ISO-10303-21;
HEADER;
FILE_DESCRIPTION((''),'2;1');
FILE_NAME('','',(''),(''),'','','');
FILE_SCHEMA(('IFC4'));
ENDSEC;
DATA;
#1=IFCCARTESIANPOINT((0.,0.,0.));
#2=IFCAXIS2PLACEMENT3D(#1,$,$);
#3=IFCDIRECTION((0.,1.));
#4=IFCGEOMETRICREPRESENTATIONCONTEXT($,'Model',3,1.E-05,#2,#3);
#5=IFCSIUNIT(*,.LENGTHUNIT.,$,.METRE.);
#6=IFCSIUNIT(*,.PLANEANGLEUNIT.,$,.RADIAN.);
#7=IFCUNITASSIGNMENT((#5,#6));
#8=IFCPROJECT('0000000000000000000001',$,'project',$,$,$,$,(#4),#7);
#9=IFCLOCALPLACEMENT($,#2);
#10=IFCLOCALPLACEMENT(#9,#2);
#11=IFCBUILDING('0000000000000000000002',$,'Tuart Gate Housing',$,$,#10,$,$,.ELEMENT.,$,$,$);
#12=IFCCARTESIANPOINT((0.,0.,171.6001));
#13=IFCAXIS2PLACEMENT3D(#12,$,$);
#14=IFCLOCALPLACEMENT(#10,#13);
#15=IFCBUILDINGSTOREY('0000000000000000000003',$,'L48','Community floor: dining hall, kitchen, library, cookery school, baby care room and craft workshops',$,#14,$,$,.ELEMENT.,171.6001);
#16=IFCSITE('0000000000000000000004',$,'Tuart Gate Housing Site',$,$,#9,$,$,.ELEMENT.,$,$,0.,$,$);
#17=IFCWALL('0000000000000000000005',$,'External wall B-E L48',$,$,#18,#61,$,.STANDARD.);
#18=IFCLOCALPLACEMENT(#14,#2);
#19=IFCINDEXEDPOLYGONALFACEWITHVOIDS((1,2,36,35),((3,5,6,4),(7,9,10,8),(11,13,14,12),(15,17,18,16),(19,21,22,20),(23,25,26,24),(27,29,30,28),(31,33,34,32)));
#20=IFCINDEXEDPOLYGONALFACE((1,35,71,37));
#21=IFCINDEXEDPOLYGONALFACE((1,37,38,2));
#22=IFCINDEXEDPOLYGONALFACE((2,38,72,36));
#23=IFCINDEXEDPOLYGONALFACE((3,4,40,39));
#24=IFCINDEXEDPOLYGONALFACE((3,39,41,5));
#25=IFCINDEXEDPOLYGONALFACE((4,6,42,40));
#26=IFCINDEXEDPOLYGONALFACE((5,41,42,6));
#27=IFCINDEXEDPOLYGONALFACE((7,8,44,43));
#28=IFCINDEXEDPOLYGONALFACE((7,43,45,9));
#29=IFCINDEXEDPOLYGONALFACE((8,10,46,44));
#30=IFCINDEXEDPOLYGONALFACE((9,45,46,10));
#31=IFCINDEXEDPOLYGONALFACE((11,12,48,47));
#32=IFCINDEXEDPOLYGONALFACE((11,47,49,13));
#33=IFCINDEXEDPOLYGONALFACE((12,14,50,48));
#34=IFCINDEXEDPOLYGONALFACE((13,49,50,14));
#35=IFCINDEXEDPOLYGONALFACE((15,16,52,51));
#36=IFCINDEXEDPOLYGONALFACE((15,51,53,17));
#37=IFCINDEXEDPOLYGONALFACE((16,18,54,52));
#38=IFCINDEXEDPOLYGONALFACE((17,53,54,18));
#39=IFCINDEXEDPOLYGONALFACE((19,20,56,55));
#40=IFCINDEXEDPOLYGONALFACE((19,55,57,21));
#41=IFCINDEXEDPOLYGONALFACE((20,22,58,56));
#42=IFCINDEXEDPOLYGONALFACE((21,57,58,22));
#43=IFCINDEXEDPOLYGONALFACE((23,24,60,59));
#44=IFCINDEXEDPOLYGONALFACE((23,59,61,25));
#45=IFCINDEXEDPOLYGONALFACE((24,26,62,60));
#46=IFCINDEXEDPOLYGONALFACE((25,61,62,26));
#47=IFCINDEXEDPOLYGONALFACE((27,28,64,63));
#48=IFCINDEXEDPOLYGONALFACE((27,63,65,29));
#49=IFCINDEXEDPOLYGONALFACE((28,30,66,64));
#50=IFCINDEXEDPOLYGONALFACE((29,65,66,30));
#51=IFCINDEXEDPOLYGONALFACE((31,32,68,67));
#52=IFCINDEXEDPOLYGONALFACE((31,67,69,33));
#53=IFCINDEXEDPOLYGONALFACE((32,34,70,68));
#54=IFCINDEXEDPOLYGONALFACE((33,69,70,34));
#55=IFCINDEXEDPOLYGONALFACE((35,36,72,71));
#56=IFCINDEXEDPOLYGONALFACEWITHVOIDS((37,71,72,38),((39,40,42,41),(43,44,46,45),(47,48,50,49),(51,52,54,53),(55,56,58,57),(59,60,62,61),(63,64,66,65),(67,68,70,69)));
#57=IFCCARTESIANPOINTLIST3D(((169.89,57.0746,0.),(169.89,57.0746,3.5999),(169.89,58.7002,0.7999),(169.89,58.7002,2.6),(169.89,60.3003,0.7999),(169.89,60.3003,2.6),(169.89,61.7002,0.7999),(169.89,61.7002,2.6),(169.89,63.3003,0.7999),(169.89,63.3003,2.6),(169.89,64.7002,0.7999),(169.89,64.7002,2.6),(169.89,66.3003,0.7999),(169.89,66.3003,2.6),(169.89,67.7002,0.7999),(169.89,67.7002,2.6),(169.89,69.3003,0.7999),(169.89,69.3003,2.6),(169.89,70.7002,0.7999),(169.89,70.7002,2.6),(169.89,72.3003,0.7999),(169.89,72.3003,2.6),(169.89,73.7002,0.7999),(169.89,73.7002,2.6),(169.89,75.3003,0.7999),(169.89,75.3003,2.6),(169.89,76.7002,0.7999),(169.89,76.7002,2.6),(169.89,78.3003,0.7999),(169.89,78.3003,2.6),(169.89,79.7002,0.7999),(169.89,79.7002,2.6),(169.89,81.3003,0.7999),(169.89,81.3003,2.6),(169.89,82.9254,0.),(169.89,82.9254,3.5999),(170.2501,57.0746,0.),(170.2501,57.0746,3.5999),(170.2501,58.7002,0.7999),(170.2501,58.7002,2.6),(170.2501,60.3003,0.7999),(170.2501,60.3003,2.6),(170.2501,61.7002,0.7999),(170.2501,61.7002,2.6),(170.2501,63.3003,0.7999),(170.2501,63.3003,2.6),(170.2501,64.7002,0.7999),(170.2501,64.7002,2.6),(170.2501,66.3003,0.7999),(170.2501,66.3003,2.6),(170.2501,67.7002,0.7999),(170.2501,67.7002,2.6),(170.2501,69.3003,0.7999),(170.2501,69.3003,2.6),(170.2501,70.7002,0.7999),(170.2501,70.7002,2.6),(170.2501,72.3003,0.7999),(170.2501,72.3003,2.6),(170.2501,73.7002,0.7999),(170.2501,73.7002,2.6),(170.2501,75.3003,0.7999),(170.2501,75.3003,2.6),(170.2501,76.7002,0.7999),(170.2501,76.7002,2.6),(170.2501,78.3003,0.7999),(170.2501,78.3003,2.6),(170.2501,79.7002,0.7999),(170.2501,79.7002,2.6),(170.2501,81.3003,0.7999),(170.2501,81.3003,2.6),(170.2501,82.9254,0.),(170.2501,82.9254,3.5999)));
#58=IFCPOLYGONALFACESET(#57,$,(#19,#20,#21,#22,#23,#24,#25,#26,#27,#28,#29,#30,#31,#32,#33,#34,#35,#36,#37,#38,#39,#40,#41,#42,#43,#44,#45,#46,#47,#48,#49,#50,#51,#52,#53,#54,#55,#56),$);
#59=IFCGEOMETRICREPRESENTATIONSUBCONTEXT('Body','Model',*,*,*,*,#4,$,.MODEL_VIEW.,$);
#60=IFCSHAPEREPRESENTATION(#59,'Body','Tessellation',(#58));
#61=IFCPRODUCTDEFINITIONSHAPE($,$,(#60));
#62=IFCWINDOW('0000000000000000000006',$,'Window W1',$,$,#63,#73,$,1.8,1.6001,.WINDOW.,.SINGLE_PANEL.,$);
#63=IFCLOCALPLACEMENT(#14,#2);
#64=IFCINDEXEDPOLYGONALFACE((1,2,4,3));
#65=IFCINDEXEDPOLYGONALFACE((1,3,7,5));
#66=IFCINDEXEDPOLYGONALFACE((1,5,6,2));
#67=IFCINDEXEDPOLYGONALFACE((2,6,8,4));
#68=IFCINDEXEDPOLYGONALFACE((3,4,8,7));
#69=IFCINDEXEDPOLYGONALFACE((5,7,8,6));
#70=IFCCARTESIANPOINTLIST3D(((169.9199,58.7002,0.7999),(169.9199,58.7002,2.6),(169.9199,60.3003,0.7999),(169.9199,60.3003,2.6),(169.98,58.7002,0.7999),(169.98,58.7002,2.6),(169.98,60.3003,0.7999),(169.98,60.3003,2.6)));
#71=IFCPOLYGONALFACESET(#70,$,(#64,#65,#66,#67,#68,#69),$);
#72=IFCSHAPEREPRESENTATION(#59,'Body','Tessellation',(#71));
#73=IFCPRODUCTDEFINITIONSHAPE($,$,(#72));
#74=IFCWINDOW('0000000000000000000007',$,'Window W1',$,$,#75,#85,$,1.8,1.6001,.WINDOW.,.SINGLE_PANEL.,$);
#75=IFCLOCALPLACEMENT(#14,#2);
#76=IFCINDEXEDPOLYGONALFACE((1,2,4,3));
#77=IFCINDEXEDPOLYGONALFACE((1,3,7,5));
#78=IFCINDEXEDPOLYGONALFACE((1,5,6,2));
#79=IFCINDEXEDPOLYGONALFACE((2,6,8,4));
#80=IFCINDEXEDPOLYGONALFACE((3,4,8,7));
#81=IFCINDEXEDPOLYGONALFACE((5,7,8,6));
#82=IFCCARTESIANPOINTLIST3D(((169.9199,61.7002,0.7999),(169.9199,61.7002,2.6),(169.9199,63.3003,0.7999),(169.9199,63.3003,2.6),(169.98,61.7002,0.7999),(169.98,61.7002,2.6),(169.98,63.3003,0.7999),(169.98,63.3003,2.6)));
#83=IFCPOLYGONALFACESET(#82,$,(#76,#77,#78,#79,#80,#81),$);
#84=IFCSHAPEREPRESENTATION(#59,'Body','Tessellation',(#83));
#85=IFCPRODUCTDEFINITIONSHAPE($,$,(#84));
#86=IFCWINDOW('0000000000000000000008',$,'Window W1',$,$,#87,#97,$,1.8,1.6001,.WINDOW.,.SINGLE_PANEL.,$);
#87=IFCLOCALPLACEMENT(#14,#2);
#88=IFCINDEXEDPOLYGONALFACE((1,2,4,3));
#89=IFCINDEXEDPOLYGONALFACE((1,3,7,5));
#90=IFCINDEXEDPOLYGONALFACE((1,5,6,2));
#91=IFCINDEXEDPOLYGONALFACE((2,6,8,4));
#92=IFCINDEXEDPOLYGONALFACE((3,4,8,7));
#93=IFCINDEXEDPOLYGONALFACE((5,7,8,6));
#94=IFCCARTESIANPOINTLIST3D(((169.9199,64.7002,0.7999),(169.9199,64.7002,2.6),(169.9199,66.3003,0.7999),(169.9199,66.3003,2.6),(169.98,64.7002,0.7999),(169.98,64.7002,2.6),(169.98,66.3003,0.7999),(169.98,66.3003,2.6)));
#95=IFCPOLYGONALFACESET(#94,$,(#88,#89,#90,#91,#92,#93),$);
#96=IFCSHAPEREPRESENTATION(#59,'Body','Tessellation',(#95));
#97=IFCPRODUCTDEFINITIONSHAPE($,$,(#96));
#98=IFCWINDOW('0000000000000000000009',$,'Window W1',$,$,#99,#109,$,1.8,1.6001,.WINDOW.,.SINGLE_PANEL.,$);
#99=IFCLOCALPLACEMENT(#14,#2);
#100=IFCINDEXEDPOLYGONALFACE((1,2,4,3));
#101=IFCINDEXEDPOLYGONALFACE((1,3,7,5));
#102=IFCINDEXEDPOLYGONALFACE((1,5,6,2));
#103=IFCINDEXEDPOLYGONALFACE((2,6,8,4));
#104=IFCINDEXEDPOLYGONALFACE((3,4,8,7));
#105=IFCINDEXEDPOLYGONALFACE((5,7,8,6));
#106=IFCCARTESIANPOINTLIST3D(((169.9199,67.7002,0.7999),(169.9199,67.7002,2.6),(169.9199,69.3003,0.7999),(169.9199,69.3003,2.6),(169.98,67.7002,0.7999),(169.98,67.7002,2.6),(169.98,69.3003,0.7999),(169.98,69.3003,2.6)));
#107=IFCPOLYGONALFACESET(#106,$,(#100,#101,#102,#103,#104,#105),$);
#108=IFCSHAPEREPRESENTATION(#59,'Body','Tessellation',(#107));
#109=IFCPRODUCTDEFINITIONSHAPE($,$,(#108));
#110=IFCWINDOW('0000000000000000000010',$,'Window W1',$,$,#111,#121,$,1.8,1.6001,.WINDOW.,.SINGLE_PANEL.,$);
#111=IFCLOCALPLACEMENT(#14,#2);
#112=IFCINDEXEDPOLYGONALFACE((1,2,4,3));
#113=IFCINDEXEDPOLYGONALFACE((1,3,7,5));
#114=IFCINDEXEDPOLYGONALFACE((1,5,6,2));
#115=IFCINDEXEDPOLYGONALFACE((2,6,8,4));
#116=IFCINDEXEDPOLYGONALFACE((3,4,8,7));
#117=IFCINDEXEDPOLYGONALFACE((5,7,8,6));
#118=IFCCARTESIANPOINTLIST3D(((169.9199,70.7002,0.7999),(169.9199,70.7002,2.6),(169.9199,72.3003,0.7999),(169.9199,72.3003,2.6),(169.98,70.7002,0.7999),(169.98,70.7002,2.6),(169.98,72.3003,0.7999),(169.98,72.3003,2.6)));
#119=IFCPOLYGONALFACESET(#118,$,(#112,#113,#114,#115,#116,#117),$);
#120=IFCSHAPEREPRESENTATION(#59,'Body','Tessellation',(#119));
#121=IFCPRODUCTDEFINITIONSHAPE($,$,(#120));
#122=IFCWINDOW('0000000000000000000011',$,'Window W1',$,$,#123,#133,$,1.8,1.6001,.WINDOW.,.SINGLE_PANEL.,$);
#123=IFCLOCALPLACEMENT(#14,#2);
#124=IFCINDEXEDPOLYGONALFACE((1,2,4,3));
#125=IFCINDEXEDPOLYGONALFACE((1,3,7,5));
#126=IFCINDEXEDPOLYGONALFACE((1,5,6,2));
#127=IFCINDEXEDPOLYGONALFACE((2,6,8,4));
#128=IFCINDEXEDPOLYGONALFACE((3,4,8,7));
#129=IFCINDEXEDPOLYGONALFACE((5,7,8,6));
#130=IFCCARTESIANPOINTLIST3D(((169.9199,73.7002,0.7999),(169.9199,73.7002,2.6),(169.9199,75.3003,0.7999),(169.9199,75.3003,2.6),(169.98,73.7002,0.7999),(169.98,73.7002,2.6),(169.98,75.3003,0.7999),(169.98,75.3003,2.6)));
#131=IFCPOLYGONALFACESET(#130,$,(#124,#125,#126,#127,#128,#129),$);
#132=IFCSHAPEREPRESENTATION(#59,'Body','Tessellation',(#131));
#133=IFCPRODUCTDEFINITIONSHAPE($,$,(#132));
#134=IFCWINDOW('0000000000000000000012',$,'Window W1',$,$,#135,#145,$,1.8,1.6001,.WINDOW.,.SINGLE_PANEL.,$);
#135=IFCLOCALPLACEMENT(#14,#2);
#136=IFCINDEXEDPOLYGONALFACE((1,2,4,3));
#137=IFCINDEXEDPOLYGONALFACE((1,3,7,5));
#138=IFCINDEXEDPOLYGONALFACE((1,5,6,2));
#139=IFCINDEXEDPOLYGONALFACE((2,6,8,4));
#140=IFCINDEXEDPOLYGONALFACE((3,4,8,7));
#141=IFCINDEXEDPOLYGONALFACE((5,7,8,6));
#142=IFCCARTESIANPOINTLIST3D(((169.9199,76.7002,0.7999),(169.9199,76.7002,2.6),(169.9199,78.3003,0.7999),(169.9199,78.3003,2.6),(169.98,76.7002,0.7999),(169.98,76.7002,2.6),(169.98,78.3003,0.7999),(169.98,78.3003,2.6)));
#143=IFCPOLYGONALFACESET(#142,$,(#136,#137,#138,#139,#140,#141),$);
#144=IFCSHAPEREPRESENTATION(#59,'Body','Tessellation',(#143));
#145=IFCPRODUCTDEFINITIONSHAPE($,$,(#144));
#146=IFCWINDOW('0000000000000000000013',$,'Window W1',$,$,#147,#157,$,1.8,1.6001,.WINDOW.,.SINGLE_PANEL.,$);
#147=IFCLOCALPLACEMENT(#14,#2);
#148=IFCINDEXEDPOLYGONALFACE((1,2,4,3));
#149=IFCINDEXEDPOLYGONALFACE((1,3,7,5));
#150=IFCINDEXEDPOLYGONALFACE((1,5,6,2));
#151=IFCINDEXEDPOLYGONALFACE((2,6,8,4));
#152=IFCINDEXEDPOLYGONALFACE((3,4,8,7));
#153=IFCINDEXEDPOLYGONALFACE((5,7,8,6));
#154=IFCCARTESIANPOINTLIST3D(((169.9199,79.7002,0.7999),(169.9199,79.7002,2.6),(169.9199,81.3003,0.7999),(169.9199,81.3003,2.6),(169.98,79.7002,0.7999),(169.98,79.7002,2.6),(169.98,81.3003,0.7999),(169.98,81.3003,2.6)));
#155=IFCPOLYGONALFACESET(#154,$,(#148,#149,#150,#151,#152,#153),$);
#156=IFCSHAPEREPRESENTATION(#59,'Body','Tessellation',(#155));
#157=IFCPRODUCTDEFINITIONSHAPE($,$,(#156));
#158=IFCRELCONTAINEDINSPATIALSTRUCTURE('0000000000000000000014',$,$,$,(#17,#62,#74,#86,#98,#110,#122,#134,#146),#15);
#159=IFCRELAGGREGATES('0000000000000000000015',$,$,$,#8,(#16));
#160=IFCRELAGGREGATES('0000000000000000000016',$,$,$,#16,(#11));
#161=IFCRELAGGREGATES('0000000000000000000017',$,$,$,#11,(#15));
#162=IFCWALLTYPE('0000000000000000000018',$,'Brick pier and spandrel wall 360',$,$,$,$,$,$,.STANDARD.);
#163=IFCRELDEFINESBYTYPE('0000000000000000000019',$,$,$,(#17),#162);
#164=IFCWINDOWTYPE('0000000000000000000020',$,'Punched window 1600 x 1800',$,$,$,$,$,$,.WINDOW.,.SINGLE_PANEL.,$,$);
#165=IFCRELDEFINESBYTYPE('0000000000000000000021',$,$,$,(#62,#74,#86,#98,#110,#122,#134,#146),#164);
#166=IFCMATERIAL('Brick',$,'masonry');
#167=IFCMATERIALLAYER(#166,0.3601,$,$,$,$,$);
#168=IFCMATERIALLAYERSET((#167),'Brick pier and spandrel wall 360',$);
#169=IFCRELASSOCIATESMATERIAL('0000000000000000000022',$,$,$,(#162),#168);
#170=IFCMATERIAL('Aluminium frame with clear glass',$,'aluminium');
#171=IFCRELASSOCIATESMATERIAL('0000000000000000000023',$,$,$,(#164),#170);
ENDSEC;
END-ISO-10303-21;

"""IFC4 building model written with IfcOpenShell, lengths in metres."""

from ifc_helpers import new_model, si_unit, direction, frame, frame_2d, origin, place, context, subcontext, project, spatial, rectangle, extrude, material, layer, layer_set, type_object, element, fill, save


model = new_model("IFC4")

# Units and contexts
model_context = context("Model", 3, precision=1e-05, world=origin(), true_north=direction((0.0, 1.0)))
body_context = subcontext(model_context, "Body", "Model", "MODEL_VIEW")
ifc_project = project(units=[si_unit("LENGTHUNIT", "METRE"), si_unit("PLANEANGLEUNIT", "RADIAN")], contexts=[model_context])

# Site, building, storey
site_placement = place(None, origin())
site = spatial("IfcSite", under=ifc_project, at=site_placement, Name="Tuart Gate Housing Site", CompositionType="ELEMENT", RefElevation=0.0)
building_placement = place(site_placement, origin())
building = spatial("IfcBuilding", under=site, at=building_placement, Name="Tuart Gate Housing", CompositionType="ELEMENT")
storey_placement = place(building_placement, frame((0.0, 0.0, 171.6001)))
storey = spatial("IfcBuildingStorey", under=building, at=storey_placement, Name="L48", Description="Community floor: dining hall, kitchen, library, cookery school, baby care room and craft workshops", CompositionType="ELEMENT", Elevation=171.6001)

# Wall, openings, windows
ifc_material_1 = material(Name="Brick", Category="masonry")
ifc_layer_1 = layer(ifc_material_1, 0.3601)
ifc_layer_set_1 = layer_set([ifc_layer_1], Name="Brick pier and spandrel wall 360")
wall_type_1 = type_object("IfcWallType", Name="Brick pier and spandrel wall 360", PredefinedType="STANDARD", material=ifc_layer_set_1)
wall_1_placement = place(storey_placement, frame((170.0701, 57.0747, 0.0), z_axis=(0.0, 0.0, 1.0), x_axis=(0.0, 1.0, 0.0)))
wall_1 = element("IfcWall", 1, at=wall_1_placement, inside=storey, type_object=wall_type_1, Name="External wall B-E L48", PredefinedType="STANDARD", context=body_context, shape_type="SweptSolid", body=[
    extrude(rectangle(XDim=25.8508, YDim=0.3601, at=frame_2d((12.9253, 0.0))), origin(), (0.0, 0.0, 1.0), 3.5999),
])
opening_1_placement = place(wall_1_placement, frame((1.6255, 0.0, 0.8)))
opening_1 = element("IfcOpeningElement", 2, at=opening_1_placement, cuts=wall_1, PredefinedType="OPENING", context=body_context, shape_type="SweptSolid", body=[
    extrude(rectangle(XDim=1.6001, YDim=1.8, at=frame_2d((0.8, 0.8999))), frame((0.0, 0.1899, 0.0), z_axis=(0.0, -1.0, 0.0), x_axis=(1.0, 0.0, 0.0)), (0.0, 0.0, 1.0), 0.3801),
])
opening_2_placement = place(wall_1_placement, frame((4.6255, 0.0, 0.8)))
opening_2 = element("IfcOpeningElement", 3, at=opening_2_placement, cuts=wall_1, PredefinedType="OPENING", context=body_context, shape_type="SweptSolid", body=[
    extrude(rectangle(XDim=1.6001, YDim=1.8, at=frame_2d((0.8, 0.8999))), frame((0.0, 0.1899, 0.0), z_axis=(0.0, -1.0, 0.0), x_axis=(1.0, 0.0, 0.0)), (0.0, 0.0, 1.0), 0.3801),
])
opening_3_placement = place(wall_1_placement, frame((7.6255, 0.0, 0.8)))
opening_3 = element("IfcOpeningElement", 4, at=opening_3_placement, cuts=wall_1, PredefinedType="OPENING", context=body_context, shape_type="SweptSolid", body=[
    extrude(rectangle(XDim=1.6001, YDim=1.8, at=frame_2d((0.8, 0.8999))), frame((0.0, 0.1899, 0.0), z_axis=(0.0, -1.0, 0.0), x_axis=(1.0, 0.0, 0.0)), (0.0, 0.0, 1.0), 0.3801),
])
opening_4_placement = place(wall_1_placement, frame((10.6255, 0.0, 0.8)))
opening_4 = element("IfcOpeningElement", 5, at=opening_4_placement, cuts=wall_1, PredefinedType="OPENING", context=body_context, shape_type="SweptSolid", body=[
    extrude(rectangle(XDim=1.6001, YDim=1.8, at=frame_2d((0.8, 0.8999))), frame((0.0, 0.1899, 0.0), z_axis=(0.0, -1.0, 0.0), x_axis=(1.0, 0.0, 0.0)), (0.0, 0.0, 1.0), 0.3801),
])
opening_5_placement = place(wall_1_placement, frame((13.6255, 0.0, 0.8)))
opening_5 = element("IfcOpeningElement", 6, at=opening_5_placement, cuts=wall_1, PredefinedType="OPENING", context=body_context, shape_type="SweptSolid", body=[
    extrude(rectangle(XDim=1.6001, YDim=1.8, at=frame_2d((0.8, 0.8999))), frame((0.0, 0.1899, 0.0), z_axis=(0.0, -1.0, 0.0), x_axis=(1.0, 0.0, 0.0)), (0.0, 0.0, 1.0), 0.3801),
])
opening_6_placement = place(wall_1_placement, frame((16.6255, 0.0, 0.8)))
opening_6 = element("IfcOpeningElement", 7, at=opening_6_placement, cuts=wall_1, PredefinedType="OPENING", context=body_context, shape_type="SweptSolid", body=[
    extrude(rectangle(XDim=1.6001, YDim=1.8, at=frame_2d((0.8, 0.8999))), frame((0.0, 0.1899, 0.0), z_axis=(0.0, -1.0, 0.0), x_axis=(1.0, 0.0, 0.0)), (0.0, 0.0, 1.0), 0.3801),
])
opening_7_placement = place(wall_1_placement, frame((19.6255, 0.0, 0.8)))
opening_7 = element("IfcOpeningElement", 8, at=opening_7_placement, cuts=wall_1, PredefinedType="OPENING", context=body_context, shape_type="SweptSolid", body=[
    extrude(rectangle(XDim=1.6001, YDim=1.8, at=frame_2d((0.8, 0.8999))), frame((0.0, 0.1899, 0.0), z_axis=(0.0, -1.0, 0.0), x_axis=(1.0, 0.0, 0.0)), (0.0, 0.0, 1.0), 0.3801),
])
opening_8_placement = place(wall_1_placement, frame((22.6255, 0.0, 0.8)))
opening_8 = element("IfcOpeningElement", 9, at=opening_8_placement, cuts=wall_1, PredefinedType="OPENING", context=body_context, shape_type="SweptSolid", body=[
    extrude(rectangle(XDim=1.6001, YDim=1.8, at=frame_2d((0.8, 0.8999))), frame((0.0, 0.1899, 0.0), z_axis=(0.0, -1.0, 0.0), x_axis=(1.0, 0.0, 0.0)), (0.0, 0.0, 1.0), 0.3801),
])
ifc_material_2 = material(Name="Aluminium frame with clear glass", Category="aluminium")
window_type = type_object("IfcWindowType", Name="Punched window 1600 x 1800", PartitioningType="SINGLE_PANEL", PredefinedType="WINDOW", material=ifc_material_2)
window_1_placement = place(opening_1_placement, origin())
window_1 = element("IfcWindow", 10, at=window_1_placement, inside=storey, type_object=window_type, Name="Window W1", OverallHeight=1.8, OverallWidth=1.6001, PartitioningType="SINGLE_PANEL", PredefinedType="WINDOW", context=body_context, shape_type="SweptSolid", body=[
    extrude(rectangle(XDim=1.6001, YDim=1.8, at=frame_2d((0.8, 0.8999))), frame((0.0, 0.1501, 0.0), z_axis=(0.0, -1.0, 0.0), x_axis=(1.0, 0.0, 0.0)), (0.0, 0.0, 1.0), 0.0601),
])
fill(opening_1, window_1)
window_2_placement = place(opening_2_placement, origin())
window_2 = element("IfcWindow", 11, at=window_2_placement, inside=storey, type_object=window_type, Name="Window W1", OverallHeight=1.8, OverallWidth=1.6001, PartitioningType="SINGLE_PANEL", PredefinedType="WINDOW", context=body_context, shape_type="SweptSolid", body=[
    extrude(rectangle(XDim=1.6001, YDim=1.8, at=frame_2d((0.8, 0.8999))), frame((0.0, 0.1501, 0.0), z_axis=(0.0, -1.0, 0.0), x_axis=(1.0, 0.0, 0.0)), (0.0, 0.0, 1.0), 0.0601),
])
fill(opening_2, window_2)
window_3_placement = place(opening_3_placement, origin())
window_3 = element("IfcWindow", 12, at=window_3_placement, inside=storey, type_object=window_type, Name="Window W1", OverallHeight=1.8, OverallWidth=1.6001, PartitioningType="SINGLE_PANEL", PredefinedType="WINDOW", context=body_context, shape_type="SweptSolid", body=[
    extrude(rectangle(XDim=1.6001, YDim=1.8, at=frame_2d((0.8, 0.8999))), frame((0.0, 0.1501, 0.0), z_axis=(0.0, -1.0, 0.0), x_axis=(1.0, 0.0, 0.0)), (0.0, 0.0, 1.0), 0.0601),
])
fill(opening_3, window_3)
window_4_placement = place(opening_4_placement, origin())
window_4 = element("IfcWindow", 13, at=window_4_placement, inside=storey, type_object=window_type, Name="Window W1", OverallHeight=1.8, OverallWidth=1.6001, PartitioningType="SINGLE_PANEL", PredefinedType="WINDOW", context=body_context, shape_type="SweptSolid", body=[
    extrude(rectangle(XDim=1.6001, YDim=1.8, at=frame_2d((0.8, 0.8999))), frame((0.0, 0.1501, 0.0), z_axis=(0.0, -1.0, 0.0), x_axis=(1.0, 0.0, 0.0)), (0.0, 0.0, 1.0), 0.0601),
])
fill(opening_4, window_4)
window_5_placement = place(opening_5_placement, origin())
window_5 = element("IfcWindow", 14, at=window_5_placement, inside=storey, type_object=window_type, Name="Window W1", OverallHeight=1.8, OverallWidth=1.6001, PartitioningType="SINGLE_PANEL", PredefinedType="WINDOW", context=body_context, shape_type="SweptSolid", body=[
    extrude(rectangle(XDim=1.6001, YDim=1.8, at=frame_2d((0.8, 0.8999))), frame((0.0, 0.1501, 0.0), z_axis=(0.0, -1.0, 0.0), x_axis=(1.0, 0.0, 0.0)), (0.0, 0.0, 1.0), 0.0601),
])
fill(opening_5, window_5)
window_6_placement = place(opening_6_placement, origin())
window_6 = element("IfcWindow", 15, at=window_6_placement, inside=storey, type_object=window_type, Name="Window W1", OverallHeight=1.8, OverallWidth=1.6001, PartitioningType="SINGLE_PANEL", PredefinedType="WINDOW", context=body_context, shape_type="SweptSolid", body=[
    extrude(rectangle(XDim=1.6001, YDim=1.8, at=frame_2d((0.8, 0.8999))), frame((0.0, 0.1501, 0.0), z_axis=(0.0, -1.0, 0.0), x_axis=(1.0, 0.0, 0.0)), (0.0, 0.0, 1.0), 0.0601),
])
fill(opening_6, window_6)
window_7_placement = place(opening_7_placement, origin())
window_7 = element("IfcWindow", 16, at=window_7_placement, inside=storey, type_object=window_type, Name="Window W1", OverallHeight=1.8, OverallWidth=1.6001, PartitioningType="SINGLE_PANEL", PredefinedType="WINDOW", context=body_context, shape_type="SweptSolid", body=[
    extrude(rectangle(XDim=1.6001, YDim=1.8, at=frame_2d((0.8, 0.8999))), frame((0.0, 0.1501, 0.0), z_axis=(0.0, -1.0, 0.0), x_axis=(1.0, 0.0, 0.0)), (0.0, 0.0, 1.0), 0.0601),
])
fill(opening_7, window_7)
window_8_placement = place(opening_8_placement, origin())
window_8 = element("IfcWindow", 17, at=window_8_placement, inside=storey, type_object=window_type, Name="Window W1", OverallHeight=1.8, OverallWidth=1.6001, PartitioningType="SINGLE_PANEL", PredefinedType="WINDOW", context=body_context, shape_type="SweptSolid", body=[
    extrude(rectangle(XDim=1.6001, YDim=1.8, at=frame_2d((0.8, 0.8999))), frame((0.0, 0.1501, 0.0), z_axis=(0.0, -1.0, 0.0), x_axis=(1.0, 0.0, 0.0)), (0.0, 0.0, 1.0), 0.0601),
])
fill(opening_8, window_8)

save(model, "model.ifc")
